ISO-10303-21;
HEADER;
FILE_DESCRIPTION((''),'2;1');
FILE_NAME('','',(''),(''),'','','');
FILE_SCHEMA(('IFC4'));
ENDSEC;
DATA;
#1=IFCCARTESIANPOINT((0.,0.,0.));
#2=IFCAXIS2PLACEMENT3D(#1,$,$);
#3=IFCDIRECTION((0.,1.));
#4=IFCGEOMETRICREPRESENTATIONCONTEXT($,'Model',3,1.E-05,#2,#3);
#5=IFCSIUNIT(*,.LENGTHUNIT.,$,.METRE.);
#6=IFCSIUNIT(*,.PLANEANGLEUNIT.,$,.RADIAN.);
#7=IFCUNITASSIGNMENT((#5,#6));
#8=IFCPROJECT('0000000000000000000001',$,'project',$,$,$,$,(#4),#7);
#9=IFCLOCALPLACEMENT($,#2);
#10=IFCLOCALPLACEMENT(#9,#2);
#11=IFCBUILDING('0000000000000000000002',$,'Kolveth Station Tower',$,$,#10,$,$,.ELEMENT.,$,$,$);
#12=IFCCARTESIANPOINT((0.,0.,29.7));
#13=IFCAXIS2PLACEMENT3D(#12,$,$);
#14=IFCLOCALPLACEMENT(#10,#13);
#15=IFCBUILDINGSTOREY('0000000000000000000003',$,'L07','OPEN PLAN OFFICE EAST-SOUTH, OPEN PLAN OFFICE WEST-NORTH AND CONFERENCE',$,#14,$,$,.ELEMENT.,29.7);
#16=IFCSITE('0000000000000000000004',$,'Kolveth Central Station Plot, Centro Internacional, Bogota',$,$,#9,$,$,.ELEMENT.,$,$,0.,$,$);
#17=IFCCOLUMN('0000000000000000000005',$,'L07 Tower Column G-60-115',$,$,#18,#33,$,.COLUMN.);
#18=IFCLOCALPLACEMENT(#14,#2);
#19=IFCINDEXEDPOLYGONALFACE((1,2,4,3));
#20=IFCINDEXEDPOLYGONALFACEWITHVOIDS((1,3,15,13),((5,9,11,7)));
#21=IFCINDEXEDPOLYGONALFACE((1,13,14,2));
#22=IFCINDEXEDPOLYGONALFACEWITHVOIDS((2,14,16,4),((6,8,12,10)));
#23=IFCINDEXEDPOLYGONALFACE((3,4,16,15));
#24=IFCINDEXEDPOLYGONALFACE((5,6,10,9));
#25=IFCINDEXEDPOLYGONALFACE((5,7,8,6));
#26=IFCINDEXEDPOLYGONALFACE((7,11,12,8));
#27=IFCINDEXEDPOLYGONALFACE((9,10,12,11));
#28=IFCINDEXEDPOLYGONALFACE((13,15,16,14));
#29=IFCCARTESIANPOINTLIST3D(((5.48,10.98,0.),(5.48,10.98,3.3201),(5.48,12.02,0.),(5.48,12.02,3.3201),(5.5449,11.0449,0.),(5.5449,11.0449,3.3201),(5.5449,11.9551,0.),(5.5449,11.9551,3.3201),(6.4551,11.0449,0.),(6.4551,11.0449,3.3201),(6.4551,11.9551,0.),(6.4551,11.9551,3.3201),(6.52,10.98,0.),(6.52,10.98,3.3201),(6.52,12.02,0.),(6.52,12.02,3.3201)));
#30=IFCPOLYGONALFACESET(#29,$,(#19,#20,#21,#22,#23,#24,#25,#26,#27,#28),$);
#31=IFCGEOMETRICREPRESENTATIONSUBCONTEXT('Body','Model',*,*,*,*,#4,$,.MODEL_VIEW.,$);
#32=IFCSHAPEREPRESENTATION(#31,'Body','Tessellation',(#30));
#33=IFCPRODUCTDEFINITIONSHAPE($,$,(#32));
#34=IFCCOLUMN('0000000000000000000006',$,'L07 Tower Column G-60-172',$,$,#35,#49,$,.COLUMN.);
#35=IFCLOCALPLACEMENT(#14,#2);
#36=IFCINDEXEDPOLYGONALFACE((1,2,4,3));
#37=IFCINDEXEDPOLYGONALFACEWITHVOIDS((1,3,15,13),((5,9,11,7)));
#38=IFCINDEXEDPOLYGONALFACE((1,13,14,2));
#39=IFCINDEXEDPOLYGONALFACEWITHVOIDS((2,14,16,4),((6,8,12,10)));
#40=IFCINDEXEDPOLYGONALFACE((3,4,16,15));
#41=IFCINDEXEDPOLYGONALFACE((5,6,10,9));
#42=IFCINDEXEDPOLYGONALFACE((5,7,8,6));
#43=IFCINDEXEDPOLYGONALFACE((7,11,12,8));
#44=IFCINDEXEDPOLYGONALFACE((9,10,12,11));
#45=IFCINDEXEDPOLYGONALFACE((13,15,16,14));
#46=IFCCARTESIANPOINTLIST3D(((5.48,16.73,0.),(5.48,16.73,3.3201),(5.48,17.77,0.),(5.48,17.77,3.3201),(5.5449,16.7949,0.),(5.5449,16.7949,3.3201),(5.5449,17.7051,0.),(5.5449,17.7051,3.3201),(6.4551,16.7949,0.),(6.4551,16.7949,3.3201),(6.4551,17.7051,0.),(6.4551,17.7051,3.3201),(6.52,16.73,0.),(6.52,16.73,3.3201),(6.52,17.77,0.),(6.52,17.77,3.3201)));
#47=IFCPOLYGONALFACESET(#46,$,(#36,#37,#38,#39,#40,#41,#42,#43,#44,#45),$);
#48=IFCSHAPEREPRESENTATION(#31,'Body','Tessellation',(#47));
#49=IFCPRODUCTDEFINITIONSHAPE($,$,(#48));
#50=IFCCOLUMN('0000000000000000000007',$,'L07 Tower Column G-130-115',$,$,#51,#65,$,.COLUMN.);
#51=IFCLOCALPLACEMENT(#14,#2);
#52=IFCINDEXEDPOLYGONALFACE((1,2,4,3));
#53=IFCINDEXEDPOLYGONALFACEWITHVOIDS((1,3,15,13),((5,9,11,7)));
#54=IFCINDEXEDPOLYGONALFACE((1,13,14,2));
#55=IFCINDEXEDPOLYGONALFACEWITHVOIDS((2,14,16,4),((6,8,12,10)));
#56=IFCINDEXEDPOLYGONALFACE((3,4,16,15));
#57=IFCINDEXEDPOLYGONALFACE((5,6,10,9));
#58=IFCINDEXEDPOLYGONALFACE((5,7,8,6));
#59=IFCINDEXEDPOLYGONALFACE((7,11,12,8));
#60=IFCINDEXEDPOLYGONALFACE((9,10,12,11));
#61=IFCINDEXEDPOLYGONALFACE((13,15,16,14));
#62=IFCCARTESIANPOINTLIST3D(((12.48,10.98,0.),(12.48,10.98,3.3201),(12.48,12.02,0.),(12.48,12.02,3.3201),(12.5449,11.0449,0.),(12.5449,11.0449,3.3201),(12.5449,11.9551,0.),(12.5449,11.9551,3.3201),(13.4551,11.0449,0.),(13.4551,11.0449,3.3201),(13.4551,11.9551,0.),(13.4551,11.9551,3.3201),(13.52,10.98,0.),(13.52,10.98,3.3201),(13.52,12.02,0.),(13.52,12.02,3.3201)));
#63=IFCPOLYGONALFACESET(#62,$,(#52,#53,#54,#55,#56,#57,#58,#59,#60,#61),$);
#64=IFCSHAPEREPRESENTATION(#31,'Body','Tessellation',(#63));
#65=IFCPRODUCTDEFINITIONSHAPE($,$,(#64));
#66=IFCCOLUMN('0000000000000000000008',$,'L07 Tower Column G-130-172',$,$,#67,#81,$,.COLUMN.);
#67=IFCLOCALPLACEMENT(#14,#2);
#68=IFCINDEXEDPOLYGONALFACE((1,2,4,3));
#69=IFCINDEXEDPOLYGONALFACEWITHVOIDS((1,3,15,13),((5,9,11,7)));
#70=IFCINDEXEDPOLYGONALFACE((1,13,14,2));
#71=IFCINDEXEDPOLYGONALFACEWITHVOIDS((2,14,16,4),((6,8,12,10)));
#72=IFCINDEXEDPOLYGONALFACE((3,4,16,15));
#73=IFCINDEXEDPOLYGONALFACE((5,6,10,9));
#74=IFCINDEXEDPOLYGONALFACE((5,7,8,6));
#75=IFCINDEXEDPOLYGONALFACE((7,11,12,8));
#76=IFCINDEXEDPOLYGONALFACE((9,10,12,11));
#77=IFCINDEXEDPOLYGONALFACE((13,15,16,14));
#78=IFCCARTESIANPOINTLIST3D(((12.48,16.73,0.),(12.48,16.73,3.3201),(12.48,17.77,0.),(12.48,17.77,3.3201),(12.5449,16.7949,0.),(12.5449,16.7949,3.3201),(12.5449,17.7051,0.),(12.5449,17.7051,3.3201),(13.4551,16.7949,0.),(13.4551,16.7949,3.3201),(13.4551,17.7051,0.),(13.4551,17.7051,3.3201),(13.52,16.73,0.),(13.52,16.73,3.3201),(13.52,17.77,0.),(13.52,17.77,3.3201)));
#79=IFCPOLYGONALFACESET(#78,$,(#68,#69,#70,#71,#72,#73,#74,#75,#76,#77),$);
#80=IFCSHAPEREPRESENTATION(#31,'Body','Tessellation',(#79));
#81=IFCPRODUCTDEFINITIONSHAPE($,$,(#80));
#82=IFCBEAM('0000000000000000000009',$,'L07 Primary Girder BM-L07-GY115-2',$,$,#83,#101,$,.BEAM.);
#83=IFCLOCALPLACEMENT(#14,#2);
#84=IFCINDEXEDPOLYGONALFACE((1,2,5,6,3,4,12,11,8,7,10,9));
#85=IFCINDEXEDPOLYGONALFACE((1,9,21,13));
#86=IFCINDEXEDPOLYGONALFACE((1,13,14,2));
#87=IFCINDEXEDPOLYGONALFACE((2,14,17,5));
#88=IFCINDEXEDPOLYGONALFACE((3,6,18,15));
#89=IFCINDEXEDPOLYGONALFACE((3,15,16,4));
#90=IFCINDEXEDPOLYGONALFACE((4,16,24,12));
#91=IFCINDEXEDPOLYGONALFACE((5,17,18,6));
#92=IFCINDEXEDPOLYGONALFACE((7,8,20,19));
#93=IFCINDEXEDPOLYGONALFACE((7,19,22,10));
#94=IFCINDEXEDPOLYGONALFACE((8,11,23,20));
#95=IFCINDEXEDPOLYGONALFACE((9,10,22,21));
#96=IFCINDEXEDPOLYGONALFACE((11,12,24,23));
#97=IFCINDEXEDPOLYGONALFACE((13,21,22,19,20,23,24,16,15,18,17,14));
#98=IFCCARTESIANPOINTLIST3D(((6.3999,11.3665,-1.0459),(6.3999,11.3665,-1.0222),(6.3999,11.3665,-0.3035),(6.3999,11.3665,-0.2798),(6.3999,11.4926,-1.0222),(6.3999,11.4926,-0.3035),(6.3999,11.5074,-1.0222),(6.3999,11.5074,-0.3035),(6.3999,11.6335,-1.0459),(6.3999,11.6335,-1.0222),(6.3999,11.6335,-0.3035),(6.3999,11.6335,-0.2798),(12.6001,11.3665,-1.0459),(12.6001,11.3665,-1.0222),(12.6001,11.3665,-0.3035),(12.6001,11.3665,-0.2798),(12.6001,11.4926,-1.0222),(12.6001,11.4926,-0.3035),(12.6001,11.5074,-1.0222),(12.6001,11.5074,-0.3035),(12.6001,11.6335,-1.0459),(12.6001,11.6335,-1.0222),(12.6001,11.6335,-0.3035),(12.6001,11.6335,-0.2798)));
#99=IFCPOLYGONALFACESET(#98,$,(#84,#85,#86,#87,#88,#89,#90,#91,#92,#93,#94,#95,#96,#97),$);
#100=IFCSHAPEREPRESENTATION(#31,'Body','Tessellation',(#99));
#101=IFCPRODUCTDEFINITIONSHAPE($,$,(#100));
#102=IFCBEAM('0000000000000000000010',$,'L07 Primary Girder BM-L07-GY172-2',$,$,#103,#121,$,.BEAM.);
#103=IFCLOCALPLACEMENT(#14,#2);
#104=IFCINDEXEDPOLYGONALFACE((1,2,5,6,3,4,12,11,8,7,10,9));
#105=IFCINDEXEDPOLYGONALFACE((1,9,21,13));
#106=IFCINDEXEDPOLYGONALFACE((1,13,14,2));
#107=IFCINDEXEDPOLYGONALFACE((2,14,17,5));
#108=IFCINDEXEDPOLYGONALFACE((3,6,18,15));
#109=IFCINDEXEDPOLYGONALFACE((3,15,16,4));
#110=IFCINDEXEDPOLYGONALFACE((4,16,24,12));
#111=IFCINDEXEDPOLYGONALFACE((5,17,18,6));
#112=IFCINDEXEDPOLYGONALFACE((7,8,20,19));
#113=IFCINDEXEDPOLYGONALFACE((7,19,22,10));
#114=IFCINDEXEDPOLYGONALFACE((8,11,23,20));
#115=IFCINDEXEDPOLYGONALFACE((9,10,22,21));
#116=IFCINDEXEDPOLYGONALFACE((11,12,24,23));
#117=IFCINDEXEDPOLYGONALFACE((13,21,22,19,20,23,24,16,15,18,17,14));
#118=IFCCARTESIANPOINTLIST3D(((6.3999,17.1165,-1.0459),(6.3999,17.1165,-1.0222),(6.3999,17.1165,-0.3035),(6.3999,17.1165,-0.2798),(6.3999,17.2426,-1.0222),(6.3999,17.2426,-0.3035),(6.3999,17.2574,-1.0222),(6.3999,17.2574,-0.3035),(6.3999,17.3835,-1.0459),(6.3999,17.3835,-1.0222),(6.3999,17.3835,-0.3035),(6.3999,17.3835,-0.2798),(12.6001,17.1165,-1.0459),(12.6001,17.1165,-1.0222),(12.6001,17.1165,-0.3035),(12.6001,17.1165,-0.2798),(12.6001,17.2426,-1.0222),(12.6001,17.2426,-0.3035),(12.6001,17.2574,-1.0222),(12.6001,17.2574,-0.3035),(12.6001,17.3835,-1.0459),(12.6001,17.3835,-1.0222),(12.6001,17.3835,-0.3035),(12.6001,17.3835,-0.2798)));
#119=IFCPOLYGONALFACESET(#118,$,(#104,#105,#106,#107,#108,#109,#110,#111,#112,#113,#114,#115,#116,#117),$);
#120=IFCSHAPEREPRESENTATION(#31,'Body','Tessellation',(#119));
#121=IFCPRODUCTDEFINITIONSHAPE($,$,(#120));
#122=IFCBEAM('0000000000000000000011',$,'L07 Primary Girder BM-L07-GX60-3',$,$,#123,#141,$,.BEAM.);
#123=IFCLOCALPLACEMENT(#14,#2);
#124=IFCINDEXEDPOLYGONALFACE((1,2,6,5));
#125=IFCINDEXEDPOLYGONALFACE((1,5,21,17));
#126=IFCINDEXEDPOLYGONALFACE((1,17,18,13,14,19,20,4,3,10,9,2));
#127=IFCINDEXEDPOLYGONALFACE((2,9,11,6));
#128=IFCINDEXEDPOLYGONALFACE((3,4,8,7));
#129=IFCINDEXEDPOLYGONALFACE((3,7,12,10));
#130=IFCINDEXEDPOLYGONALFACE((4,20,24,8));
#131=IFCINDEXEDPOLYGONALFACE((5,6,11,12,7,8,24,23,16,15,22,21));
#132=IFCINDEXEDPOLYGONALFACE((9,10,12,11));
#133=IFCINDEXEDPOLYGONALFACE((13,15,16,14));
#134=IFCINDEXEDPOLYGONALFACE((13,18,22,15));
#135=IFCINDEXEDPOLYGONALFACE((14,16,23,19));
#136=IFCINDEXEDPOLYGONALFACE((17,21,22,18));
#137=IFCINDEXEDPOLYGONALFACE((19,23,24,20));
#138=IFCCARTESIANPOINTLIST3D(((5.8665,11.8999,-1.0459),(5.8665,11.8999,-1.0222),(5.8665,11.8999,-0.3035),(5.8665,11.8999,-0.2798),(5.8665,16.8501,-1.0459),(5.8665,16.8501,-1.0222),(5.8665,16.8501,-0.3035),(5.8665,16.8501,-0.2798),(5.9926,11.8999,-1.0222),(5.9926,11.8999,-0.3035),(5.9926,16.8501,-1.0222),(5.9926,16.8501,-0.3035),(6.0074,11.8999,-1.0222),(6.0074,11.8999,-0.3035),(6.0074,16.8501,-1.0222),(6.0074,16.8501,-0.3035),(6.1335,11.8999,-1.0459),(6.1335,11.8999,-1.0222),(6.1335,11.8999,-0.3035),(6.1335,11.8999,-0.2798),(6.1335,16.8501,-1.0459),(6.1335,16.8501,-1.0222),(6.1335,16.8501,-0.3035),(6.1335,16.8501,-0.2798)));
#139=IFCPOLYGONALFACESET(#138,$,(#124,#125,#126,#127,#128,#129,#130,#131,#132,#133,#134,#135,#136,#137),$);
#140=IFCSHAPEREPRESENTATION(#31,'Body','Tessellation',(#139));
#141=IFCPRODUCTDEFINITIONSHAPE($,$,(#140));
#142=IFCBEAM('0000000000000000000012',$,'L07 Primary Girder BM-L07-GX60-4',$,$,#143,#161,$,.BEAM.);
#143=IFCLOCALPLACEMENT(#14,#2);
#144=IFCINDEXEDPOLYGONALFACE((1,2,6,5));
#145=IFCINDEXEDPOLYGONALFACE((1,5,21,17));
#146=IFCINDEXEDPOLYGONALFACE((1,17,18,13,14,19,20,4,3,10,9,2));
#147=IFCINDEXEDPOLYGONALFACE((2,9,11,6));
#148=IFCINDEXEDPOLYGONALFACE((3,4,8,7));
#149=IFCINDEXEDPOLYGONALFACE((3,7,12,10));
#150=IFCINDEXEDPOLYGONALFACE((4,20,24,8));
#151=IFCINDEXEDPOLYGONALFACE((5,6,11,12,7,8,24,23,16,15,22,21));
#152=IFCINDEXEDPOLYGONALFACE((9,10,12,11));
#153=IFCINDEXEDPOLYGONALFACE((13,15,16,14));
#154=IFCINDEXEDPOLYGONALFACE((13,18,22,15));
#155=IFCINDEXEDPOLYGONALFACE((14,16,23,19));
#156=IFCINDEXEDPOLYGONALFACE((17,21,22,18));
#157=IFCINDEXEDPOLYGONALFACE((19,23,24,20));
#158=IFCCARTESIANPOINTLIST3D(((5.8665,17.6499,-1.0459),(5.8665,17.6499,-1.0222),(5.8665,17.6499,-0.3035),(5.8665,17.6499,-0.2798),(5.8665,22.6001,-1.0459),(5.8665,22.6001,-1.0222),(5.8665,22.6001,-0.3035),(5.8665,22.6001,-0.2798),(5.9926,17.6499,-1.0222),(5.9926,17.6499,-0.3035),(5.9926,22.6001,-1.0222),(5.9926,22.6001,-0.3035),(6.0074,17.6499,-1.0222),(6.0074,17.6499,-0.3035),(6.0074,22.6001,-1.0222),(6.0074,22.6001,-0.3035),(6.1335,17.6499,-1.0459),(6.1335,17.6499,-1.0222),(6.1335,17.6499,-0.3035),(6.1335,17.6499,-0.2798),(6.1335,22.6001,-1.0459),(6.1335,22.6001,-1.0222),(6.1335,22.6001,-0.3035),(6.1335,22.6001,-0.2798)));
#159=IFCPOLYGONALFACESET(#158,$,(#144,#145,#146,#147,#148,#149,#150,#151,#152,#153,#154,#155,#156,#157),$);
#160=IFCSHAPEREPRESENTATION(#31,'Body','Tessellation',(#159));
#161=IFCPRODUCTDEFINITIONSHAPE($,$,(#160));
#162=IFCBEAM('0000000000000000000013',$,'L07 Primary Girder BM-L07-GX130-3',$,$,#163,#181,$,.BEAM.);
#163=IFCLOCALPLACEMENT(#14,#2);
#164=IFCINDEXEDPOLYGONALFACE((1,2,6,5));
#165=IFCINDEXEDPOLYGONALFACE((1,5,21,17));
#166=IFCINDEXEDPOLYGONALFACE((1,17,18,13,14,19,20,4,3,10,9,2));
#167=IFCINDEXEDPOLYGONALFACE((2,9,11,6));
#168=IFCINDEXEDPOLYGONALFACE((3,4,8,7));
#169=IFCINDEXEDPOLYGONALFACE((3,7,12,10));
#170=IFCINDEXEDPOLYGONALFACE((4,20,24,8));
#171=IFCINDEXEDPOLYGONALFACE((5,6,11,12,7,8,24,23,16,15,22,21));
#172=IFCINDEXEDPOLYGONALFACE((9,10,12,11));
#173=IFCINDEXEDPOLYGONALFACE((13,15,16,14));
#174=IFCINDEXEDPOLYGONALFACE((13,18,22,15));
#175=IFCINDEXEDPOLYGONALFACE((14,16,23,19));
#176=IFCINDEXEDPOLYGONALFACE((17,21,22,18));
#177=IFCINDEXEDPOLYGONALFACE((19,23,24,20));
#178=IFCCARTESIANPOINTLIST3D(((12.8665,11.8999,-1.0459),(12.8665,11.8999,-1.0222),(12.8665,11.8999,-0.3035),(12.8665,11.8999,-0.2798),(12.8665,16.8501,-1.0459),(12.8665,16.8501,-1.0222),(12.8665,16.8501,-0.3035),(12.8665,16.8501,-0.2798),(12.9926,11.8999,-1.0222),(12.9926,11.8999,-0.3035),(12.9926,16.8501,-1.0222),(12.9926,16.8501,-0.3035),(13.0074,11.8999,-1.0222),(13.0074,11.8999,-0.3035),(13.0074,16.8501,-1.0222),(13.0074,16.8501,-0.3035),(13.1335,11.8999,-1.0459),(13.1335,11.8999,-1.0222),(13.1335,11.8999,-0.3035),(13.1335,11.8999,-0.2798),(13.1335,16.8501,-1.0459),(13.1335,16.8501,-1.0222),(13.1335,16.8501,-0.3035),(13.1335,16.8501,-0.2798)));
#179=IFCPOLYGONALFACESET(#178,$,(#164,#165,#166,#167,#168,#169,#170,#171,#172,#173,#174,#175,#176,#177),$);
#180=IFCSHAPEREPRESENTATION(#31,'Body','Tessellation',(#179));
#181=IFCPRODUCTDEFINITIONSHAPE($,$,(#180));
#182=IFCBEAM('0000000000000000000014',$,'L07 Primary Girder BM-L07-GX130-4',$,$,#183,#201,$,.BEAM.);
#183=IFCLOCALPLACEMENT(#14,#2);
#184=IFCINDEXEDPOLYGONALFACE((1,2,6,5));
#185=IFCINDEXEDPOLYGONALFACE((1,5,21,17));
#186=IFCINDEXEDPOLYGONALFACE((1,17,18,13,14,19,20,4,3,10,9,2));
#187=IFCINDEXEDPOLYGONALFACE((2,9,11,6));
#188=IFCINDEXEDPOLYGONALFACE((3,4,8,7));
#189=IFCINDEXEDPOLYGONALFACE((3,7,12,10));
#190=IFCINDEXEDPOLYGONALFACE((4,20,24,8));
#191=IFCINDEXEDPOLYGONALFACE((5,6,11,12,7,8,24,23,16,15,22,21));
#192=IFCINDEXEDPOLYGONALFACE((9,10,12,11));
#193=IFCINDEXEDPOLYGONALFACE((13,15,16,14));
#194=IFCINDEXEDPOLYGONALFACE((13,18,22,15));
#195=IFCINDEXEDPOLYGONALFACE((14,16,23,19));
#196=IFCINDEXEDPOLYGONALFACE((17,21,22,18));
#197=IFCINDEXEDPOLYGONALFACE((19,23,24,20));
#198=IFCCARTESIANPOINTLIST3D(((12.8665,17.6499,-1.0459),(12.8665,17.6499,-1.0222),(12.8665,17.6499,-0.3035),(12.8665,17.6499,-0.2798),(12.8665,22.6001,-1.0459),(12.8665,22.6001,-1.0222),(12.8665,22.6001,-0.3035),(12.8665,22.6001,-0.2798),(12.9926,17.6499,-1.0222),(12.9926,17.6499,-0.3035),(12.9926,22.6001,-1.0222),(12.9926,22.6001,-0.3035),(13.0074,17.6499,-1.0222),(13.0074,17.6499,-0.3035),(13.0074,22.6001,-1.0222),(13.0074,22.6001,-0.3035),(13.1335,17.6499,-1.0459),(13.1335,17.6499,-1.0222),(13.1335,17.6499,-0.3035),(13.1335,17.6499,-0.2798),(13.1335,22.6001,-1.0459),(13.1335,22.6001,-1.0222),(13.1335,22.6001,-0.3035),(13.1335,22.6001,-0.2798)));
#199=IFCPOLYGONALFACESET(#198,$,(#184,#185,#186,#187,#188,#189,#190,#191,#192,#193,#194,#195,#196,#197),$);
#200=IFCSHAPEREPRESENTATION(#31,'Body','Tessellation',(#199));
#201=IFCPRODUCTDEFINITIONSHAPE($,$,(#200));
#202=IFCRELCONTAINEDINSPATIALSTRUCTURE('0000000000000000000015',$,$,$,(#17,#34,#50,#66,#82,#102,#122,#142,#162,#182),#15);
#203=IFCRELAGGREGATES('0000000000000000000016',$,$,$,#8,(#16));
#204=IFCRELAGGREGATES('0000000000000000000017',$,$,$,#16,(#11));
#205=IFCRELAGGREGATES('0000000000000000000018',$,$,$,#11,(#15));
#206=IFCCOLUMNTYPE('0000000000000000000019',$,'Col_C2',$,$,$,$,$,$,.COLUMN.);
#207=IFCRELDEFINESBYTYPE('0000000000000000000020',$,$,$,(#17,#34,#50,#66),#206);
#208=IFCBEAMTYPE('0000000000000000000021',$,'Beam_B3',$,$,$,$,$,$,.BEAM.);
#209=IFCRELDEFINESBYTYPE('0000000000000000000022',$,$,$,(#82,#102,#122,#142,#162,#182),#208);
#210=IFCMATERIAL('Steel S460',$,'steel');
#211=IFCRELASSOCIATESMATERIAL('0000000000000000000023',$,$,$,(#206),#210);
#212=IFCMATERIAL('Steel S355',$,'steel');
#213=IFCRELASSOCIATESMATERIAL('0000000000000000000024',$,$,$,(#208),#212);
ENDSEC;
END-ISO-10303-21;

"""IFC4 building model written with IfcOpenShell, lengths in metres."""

from ifc_helpers import new_model, si_unit, direction, frame, origin, origin_2d, place, context, subcontext, project, spatial, hollow_rectangle, i_section, extrude, source, transform, mapped, material, material_profile, profile_set, type_object, element, save


model = new_model("IFC4")

# Units and contexts
model_context = context("Model", 3, precision=1e-05, world=origin(), true_north=direction((0.0, 1.0)))
body_context = subcontext(model_context, "Body", "Model", "MODEL_VIEW")
ifc_project = project(units=[si_unit("LENGTHUNIT", "METRE"), si_unit("PLANEANGLEUNIT", "RADIAN")], contexts=[model_context])

# Site, building, storey
site_placement = place(None, origin())
site = spatial("IfcSite", under=ifc_project, at=site_placement, Name="Kolveth Central Station Plot, Centro Internacional, Bogota", CompositionType="ELEMENT", RefElevation=0.0)
building_placement = place(site_placement, origin())
building = spatial("IfcBuilding", under=site, at=building_placement, Name="Kolveth Station Tower", CompositionType="ELEMENT")
storey_placement = place(building_placement, frame((0.0, 0.0, 29.7)))
storey = spatial("IfcBuildingStorey", under=building, at=storey_placement, Name="L07", Description="OPEN PLAN OFFICE EAST-SOUTH, OPEN PLAN OFFICE WEST-NORTH AND CONFERENCE", CompositionType="ELEMENT", Elevation=29.7)

# Columns
ifc_material_1 = material(Name="Steel S460", Category="steel")
ifc_material_profile_1 = material_profile(ifc_material_1, hollow_rectangle(XDim=1.04, YDim=1.04, WallThickness=0.0649, at=origin_2d()), Name="BOX1040x1040x65")
ifc_profile_set_1 = profile_set([ifc_material_profile_1], Name="Steel S460")
column_type = type_object("IfcColumnType", Name="Col_C2", PredefinedType="COLUMN", material=ifc_profile_set_1)
shared_shape_1 = source(origin(), body_context, "Body", "SweptSolid", [
    extrude(hollow_rectangle(XDim=1.04, YDim=1.04, WallThickness=0.0649, at=origin_2d()), origin(), (0.0, 0.0, 1.0), 3.3201),
])
for number, where, z_axis, x_axis, name in (
    (1, (6.0, 11.5, 0.0), (0.0, 0.0, 1.0), (1.0, 0.0, 0.0), "L07 Tower Column G-60-115"),
    (2, (6.0, 17.25, 0.0), (0.0, 0.0, 1.0), (1.0, 0.0, 0.0), "L07 Tower Column G-60-172"),
    (3, (13.0, 11.5, 0.0), (0.0, 0.0, 1.0), (1.0, 0.0, 0.0), "L07 Tower Column G-130-115"),
    (4, (13.0, 17.25, 0.0), (0.0, 0.0, 1.0), (1.0, 0.0, 0.0), "L07 Tower Column G-130-172"),
):
    element("IfcColumn", number, at=place(storey_placement, frame(where, z_axis=z_axis, x_axis=x_axis)), inside=storey, type_object=column_type, Name=name, PredefinedType="COLUMN", context=body_context, shape_type="MappedRepresentation", body=[
        mapped(shared_shape_1, transform((0.0, 0.0, 0.0), x_axis=(1.0, 0.0, 0.0), y_axis=(0.0, 1.0, 0.0), z_axis=(0.0, 0.0, 1.0), scale=1.0)),
    ])

# Beams
ifc_material_2 = material(Name="Steel S355", Category="steel")
ifc_material_profile_2 = material_profile(ifc_material_2, i_section(OverallWidth=0.2671, OverallDepth=0.7661, WebThickness=0.0149, FlangeThickness=0.0237, at=origin_2d()), Name="W760x185")
ifc_profile_set_2 = profile_set([ifc_material_profile_2], Name="Steel S355")
beam_type_1 = type_object("IfcBeamType", Name="Beam_B3", PredefinedType="BEAM", material=ifc_profile_set_2)
shared_shape_2 = source(origin(), body_context, "Body", "SweptSolid", [
    extrude(i_section(OverallWidth=0.2671, OverallDepth=0.7661, WebThickness=0.0149, FlangeThickness=0.0237, at=origin_2d()), origin(), (0.0, 0.0, 1.0), 6.2002),
])
for number, where, z_axis, x_axis, name in (
    (5, (6.3999, 11.5, -0.6628), (1.0, 0.0, 0.0), (0.0, 1.0, 0.0), "L07 Primary Girder BM-L07-GY115-2"),
    (6, (6.3999, 17.25, -0.6628), (1.0, 0.0, 0.0), (0.0, 1.0, 0.0), "L07 Primary Girder BM-L07-GY172-2"),
):
    element("IfcBeam", number, at=place(storey_placement, frame(where, z_axis=z_axis, x_axis=x_axis)), inside=storey, type_object=beam_type_1, Name=name, PredefinedType="BEAM", context=body_context, shape_type="MappedRepresentation", body=[
        mapped(shared_shape_2, transform((0.0, 0.0, 0.0), x_axis=(1.0, 0.0, 0.0), y_axis=(0.0, 1.0, 0.0), z_axis=(0.0, 0.0, 1.0), scale=1.0)),
    ])
shared_shape_3 = source(origin(), body_context, "Body", "SweptSolid", [
    extrude(i_section(OverallWidth=0.2671, OverallDepth=0.7661, WebThickness=0.0149, FlangeThickness=0.0237, at=origin_2d()), origin(), (0.0, 0.0, 1.0), 4.9502),
])
for number, where, z_axis, x_axis, name in (
    (7, (6.0, 11.8999, -0.6628), (0.0, 1.0, 0.0), (-1.0, 0.0, 0.0), "L07 Primary Girder BM-L07-GX60-3"),
    (8, (6.0, 17.6499, -0.6628), (0.0, 1.0, 0.0), (-1.0, 0.0, 0.0), "L07 Primary Girder BM-L07-GX60-4"),
    (9, (13.0, 11.8999, -0.6628), (0.0, 1.0, 0.0), (-1.0, 0.0, 0.0), "L07 Primary Girder BM-L07-GX130-3"),
    (10, (13.0, 17.6499, -0.6628), (0.0, 1.0, 0.0), (-1.0, 0.0, 0.0), "L07 Primary Girder BM-L07-GX130-4"),
):
    element("IfcBeam", number, at=place(storey_placement, frame(where, z_axis=z_axis, x_axis=x_axis)), inside=storey, type_object=beam_type_1, Name=name, PredefinedType="BEAM", context=body_context, shape_type="MappedRepresentation", body=[
        mapped(shared_shape_3, transform((0.0, 0.0, 0.0), x_axis=(1.0, 0.0, 0.0), y_axis=(0.0, 1.0, 0.0), z_axis=(0.0, 0.0, 1.0), scale=1.0)),
    ])

save(model, "model.ifc")
